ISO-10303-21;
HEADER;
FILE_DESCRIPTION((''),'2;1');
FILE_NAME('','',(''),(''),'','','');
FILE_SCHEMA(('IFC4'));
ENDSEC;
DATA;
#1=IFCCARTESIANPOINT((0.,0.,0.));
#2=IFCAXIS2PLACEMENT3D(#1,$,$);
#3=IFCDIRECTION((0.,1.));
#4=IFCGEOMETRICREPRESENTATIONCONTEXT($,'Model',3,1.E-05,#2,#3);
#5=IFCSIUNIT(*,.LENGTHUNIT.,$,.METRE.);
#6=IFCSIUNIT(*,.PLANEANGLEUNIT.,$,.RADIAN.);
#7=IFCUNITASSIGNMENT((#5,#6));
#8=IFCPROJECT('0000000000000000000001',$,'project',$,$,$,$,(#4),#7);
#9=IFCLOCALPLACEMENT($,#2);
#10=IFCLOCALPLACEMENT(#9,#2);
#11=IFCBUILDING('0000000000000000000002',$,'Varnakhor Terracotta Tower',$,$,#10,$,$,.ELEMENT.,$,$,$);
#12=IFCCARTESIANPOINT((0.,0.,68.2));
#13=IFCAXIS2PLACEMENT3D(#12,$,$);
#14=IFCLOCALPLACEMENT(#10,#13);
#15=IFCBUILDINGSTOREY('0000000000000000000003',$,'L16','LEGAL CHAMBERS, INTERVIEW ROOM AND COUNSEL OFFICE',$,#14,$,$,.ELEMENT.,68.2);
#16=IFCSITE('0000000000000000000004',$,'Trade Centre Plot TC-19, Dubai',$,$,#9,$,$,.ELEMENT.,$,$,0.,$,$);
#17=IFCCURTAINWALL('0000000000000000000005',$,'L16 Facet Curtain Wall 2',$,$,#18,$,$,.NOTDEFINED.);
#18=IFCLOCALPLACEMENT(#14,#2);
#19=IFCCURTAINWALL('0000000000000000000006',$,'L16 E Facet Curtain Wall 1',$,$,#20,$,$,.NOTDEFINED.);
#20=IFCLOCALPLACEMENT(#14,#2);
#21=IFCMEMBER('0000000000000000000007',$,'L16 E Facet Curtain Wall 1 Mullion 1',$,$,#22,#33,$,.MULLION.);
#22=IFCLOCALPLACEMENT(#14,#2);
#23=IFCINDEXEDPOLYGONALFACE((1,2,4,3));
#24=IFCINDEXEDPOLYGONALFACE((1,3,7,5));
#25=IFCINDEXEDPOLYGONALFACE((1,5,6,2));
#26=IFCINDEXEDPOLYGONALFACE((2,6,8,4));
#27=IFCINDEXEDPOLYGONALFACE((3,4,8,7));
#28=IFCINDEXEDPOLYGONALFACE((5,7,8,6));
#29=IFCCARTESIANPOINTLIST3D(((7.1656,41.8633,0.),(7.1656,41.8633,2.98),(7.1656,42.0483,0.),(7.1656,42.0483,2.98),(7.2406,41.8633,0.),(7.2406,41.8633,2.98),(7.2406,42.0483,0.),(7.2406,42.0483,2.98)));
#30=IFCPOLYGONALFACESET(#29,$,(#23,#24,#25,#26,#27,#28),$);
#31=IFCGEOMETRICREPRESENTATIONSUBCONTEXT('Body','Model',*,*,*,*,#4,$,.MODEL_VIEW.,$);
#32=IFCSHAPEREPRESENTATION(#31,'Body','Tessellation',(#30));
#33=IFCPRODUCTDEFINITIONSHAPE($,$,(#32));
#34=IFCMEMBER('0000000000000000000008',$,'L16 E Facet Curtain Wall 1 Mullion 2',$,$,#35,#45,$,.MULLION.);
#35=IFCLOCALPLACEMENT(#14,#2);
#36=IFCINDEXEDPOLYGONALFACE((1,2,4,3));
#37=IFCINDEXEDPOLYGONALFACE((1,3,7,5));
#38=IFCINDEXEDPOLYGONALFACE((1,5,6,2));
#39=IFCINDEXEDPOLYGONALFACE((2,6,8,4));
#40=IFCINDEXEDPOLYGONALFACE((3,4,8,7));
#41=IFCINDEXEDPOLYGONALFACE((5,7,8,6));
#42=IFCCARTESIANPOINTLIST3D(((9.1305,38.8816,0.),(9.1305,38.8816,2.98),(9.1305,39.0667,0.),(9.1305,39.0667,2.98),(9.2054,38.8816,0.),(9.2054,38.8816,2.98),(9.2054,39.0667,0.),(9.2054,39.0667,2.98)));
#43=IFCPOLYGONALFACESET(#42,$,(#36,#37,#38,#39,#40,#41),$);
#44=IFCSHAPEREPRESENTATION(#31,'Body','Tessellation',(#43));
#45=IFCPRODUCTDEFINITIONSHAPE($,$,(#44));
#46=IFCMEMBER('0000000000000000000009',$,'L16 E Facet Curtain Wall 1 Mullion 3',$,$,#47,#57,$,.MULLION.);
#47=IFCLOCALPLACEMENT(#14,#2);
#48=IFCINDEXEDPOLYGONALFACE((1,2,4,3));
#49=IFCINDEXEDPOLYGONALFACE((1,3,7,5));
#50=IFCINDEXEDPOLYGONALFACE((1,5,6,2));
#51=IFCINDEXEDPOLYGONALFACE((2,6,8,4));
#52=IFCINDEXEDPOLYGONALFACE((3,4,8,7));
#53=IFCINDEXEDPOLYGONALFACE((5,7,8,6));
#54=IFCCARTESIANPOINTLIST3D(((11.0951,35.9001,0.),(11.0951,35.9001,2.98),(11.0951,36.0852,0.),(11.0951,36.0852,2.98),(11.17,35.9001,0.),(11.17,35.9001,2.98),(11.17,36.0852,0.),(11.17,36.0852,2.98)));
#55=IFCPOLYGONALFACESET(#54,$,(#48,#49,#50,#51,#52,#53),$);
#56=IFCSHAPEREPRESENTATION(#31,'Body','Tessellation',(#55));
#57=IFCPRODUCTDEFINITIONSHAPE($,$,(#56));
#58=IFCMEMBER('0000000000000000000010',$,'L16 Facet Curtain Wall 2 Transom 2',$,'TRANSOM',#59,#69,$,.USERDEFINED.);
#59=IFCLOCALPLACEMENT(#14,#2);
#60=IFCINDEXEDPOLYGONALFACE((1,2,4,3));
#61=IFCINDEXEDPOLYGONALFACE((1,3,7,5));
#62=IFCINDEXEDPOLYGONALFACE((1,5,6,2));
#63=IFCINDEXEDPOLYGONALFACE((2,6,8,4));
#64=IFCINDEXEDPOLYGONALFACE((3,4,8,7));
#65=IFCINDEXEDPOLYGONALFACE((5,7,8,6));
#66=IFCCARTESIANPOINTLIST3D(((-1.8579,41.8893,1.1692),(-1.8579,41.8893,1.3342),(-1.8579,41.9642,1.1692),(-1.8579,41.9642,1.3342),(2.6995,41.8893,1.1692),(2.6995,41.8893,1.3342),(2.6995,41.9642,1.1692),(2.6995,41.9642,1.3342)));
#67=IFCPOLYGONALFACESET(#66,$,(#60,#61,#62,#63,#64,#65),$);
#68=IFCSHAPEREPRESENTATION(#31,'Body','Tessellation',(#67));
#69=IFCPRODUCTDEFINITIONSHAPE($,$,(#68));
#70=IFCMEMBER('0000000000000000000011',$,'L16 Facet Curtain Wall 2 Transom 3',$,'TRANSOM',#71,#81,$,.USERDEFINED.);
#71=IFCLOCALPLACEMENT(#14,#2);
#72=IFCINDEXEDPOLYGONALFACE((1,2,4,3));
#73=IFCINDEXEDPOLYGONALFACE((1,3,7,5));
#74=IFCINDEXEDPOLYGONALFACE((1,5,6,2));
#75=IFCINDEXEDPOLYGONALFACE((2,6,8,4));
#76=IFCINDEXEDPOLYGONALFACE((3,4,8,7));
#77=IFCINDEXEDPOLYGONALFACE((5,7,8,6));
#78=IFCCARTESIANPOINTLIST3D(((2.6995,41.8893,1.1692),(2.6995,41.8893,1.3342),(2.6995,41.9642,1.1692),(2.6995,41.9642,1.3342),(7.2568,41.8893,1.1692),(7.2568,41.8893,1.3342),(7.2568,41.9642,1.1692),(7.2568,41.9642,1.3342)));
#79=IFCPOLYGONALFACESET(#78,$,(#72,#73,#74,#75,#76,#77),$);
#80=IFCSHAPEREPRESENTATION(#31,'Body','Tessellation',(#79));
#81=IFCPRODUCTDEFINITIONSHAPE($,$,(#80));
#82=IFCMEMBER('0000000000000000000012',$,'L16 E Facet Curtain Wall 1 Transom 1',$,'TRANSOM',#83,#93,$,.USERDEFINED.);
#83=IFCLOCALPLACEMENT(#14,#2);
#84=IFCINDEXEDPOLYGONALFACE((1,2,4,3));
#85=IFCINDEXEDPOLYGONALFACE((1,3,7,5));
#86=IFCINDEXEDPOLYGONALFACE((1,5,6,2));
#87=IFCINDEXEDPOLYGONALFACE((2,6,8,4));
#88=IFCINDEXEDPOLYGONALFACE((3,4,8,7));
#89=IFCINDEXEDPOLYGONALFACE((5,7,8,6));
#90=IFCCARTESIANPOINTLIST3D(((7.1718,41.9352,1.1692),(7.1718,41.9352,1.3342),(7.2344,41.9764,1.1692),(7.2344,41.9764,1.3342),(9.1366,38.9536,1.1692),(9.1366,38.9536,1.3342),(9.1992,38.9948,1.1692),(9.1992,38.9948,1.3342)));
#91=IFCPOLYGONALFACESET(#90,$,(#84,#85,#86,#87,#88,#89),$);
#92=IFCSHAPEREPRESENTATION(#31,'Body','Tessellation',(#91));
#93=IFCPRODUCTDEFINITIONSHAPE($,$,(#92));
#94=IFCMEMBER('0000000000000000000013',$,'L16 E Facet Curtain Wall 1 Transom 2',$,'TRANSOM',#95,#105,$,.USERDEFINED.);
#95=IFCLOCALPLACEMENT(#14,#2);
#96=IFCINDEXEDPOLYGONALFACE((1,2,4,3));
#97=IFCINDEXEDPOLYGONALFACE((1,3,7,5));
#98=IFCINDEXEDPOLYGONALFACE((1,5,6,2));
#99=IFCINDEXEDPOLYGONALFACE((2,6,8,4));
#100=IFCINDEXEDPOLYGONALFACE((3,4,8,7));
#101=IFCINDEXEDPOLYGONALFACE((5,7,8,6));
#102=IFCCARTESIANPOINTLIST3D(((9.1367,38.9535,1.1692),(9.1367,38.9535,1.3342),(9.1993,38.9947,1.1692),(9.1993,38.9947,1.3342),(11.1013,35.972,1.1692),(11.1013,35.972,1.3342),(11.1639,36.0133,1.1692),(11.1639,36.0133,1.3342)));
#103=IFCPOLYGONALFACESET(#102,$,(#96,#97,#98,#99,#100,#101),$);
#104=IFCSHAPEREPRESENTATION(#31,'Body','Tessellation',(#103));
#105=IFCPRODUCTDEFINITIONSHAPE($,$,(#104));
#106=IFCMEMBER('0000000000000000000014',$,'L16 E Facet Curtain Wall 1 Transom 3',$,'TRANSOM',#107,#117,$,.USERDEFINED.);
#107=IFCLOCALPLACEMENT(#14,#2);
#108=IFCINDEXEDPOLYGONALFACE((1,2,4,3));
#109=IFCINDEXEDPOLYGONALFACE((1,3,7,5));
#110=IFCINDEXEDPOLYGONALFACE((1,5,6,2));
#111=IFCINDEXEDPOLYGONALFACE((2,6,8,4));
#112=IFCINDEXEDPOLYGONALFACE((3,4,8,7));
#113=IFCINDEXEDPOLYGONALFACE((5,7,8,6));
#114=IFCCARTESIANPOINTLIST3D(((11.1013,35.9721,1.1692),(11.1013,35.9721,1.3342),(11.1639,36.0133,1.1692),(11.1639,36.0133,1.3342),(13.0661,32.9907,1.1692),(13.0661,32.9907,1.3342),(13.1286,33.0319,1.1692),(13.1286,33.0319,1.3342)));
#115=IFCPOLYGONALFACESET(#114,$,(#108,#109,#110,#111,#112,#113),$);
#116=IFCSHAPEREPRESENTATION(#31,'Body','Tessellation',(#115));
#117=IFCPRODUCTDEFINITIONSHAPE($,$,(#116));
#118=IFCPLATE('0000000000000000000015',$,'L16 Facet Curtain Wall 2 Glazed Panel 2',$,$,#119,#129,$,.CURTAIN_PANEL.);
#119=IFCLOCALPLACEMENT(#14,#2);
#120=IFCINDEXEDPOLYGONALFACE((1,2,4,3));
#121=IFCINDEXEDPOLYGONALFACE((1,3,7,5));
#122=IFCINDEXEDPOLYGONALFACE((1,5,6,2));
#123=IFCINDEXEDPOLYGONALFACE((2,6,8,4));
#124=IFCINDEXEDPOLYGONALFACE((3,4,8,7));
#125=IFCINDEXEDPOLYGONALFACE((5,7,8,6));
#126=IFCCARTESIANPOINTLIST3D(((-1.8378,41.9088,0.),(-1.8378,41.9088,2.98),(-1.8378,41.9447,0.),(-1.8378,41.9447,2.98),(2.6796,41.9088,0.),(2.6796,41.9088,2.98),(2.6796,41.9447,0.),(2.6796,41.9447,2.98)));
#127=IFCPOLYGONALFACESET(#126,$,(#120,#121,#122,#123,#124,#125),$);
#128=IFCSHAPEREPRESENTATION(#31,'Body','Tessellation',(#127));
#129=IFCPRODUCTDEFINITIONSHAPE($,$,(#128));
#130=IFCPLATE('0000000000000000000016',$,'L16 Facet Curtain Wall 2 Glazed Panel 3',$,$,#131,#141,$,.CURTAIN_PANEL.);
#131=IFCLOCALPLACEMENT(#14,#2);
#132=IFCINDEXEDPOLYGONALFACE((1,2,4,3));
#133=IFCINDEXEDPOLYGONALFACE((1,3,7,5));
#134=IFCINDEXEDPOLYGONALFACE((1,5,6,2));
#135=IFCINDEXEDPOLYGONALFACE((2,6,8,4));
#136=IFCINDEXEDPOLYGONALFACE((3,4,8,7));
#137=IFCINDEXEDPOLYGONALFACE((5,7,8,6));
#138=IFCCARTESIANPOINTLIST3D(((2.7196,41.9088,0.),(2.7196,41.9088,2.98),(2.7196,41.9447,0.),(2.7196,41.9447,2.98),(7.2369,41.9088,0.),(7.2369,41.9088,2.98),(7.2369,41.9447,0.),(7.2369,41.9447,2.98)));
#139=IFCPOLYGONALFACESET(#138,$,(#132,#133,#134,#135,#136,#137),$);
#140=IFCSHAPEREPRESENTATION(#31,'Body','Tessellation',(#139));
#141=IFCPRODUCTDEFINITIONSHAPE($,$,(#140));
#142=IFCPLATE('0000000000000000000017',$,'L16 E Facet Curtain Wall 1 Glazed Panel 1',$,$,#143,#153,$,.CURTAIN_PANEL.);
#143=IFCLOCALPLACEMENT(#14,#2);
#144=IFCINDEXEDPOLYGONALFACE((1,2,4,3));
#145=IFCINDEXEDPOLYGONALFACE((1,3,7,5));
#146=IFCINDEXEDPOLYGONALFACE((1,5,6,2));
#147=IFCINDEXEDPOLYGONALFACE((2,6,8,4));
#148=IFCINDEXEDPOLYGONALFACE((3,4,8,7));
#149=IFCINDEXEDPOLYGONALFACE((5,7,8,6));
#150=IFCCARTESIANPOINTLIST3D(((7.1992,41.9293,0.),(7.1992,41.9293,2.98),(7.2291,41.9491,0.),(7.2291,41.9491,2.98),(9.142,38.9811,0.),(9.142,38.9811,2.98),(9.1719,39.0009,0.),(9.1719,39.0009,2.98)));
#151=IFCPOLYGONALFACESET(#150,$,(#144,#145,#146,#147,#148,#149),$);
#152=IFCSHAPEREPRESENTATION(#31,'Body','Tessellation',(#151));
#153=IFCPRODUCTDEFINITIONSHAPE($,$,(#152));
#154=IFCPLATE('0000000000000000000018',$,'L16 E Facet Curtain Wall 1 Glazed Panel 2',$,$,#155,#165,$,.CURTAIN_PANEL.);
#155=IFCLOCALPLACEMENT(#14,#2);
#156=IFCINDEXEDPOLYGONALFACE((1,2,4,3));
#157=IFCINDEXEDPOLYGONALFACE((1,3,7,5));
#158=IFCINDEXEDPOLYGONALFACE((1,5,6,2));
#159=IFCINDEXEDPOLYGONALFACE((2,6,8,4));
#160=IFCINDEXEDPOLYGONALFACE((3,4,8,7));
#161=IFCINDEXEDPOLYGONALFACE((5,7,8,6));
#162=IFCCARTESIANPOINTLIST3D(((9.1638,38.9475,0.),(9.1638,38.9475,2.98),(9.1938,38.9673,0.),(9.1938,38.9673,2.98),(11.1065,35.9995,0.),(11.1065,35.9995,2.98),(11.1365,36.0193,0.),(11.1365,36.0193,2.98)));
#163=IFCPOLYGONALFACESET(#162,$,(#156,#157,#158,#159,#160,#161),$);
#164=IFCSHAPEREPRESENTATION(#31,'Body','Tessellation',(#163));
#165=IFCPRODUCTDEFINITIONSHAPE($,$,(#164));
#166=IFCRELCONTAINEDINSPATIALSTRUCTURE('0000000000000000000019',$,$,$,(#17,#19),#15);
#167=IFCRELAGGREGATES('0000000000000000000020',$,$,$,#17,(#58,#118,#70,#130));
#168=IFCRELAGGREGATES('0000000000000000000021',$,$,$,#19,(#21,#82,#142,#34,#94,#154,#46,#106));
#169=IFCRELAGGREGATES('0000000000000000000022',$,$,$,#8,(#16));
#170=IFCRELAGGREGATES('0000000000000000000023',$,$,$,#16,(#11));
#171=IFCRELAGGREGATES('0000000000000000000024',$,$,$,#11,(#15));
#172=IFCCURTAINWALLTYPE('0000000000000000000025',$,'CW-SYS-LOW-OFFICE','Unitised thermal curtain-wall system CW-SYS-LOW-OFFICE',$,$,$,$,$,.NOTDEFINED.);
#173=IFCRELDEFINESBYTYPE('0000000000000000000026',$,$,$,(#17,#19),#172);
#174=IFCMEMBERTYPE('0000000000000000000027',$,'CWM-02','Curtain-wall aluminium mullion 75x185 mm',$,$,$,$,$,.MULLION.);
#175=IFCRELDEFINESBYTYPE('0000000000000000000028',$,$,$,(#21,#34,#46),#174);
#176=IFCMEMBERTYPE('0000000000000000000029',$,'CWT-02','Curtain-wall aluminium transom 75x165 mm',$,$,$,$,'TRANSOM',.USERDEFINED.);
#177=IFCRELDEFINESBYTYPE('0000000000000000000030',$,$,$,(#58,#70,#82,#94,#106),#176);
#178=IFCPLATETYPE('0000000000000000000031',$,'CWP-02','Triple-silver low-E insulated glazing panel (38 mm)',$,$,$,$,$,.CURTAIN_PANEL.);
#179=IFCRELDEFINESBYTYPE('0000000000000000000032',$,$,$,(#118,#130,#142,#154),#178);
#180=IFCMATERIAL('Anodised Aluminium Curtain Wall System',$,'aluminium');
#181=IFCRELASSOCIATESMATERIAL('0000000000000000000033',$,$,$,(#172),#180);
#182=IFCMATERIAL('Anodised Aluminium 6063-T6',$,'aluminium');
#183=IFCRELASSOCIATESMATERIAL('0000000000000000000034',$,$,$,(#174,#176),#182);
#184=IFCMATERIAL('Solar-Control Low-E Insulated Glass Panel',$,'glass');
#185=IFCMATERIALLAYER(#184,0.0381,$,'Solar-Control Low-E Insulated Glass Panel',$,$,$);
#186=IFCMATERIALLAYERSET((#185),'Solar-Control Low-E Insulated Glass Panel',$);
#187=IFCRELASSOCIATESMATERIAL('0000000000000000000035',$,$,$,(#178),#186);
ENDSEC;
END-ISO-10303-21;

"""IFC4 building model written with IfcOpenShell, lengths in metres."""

from ifc_helpers import new_model, si_unit, direction, frame, origin, origin_2d, place, context, subcontext, project, spatial, rectangle, extrude, source, transform, mapped, material, layer, layer_set, material_profile, profile_set, type_object, element, aggregate, save


model = new_model("IFC4")

# Units and contexts
model_context = context("Model", 3, precision=1e-05, world=origin(), true_north=direction((0.0, 1.0)))
body_context = subcontext(model_context, "Body", "Model", "MODEL_VIEW")
ifc_project = project(units=[si_unit("LENGTHUNIT", "METRE"), si_unit("PLANEANGLEUNIT", "RADIAN")], contexts=[model_context])

# Site, building, storey
site_placement = place(None, origin())
site = spatial("IfcSite", under=ifc_project, at=site_placement, Name="Trade Centre Plot TC-19, Dubai", CompositionType="ELEMENT", RefElevation=0.0)
building_placement = place(site_placement, origin())
building = spatial("IfcBuilding", under=site, at=building_placement, Name="Varnakhor Terracotta Tower", CompositionType="ELEMENT")
storey_placement = place(building_placement, frame((0.0, 0.0, 68.2)))
storey = spatial("IfcBuildingStorey", under=building, at=storey_placement, Name="L16", Description="LEGAL CHAMBERS, INTERVIEW ROOM AND COUNSEL OFFICE", CompositionType="ELEMENT", Elevation=68.2)

# Curtain wall
ifc_material_1 = material(Name="Anodised Aluminium Curtain Wall System", Category="aluminium")
curtain_wall_type = type_object("IfcCurtainWallType", Name="CW-SYS-LOW-OFFICE", Description="Unitised thermal curtain-wall system CW-SYS-LOW-OFFICE", PredefinedType="NOTDEFINED", material=ifc_material_1)
curtain_wall_1_placement = place(storey_placement, origin())
curtain_wall_1 = element("IfcCurtainWall", 1, at=curtain_wall_1_placement, inside=storey, type_object=curtain_wall_type, Name="L16 Facet Curtain Wall 2", PredefinedType="NOTDEFINED")
ifc_material_2 = material(Name="Anodised Aluminium 6063-T6", Category="aluminium")
ifc_material_profile_1 = material_profile(ifc_material_2, rectangle(XDim=0.075, YDim=0.1851, at=origin_2d()), Name="ALU MULLION 75x185")
ifc_profile_set_1 = profile_set([ifc_material_profile_1], Name="Anodised Aluminium 6063-T6")
member_type_1 = type_object("IfcMemberType", Name="CWM-02", Description="Curtain-wall aluminium mullion 75x185 mm", PredefinedType="MULLION", material=ifc_profile_set_1)
shared_shape_1 = source(origin(), body_context, "Body", "SweptSolid", [
    extrude(rectangle(XDim=0.075, YDim=0.1851, at=origin_2d()), origin(), (0.0, 0.0, 1.0), 2.98),
])

# Curtain wall, members
curtain_wall_2_placement = place(storey_placement, origin())
curtain_wall_2 = element("IfcCurtainWall", 2, at=curtain_wall_2_placement, inside=storey, type_object=curtain_wall_type, Name="L16 E Facet Curtain Wall 1", PredefinedType="NOTDEFINED")
member_1_placement = place(storey_placement, frame((7.2031, 41.9558, 0.0), z_axis=(0.0, 0.0, 1.0), x_axis=(1.0, 0.0, 0.0)))
member_1 = element("IfcMember", 3, at=member_1_placement, type_object=member_type_1, Name="L16 E Facet Curtain Wall 1 Mullion 1", PredefinedType="MULLION", context=body_context, shape_type="MappedRepresentation", body=[
    mapped(shared_shape_1, transform((0.0, 0.0, 0.0), scale=1.0)),
])
member_2_placement = place(storey_placement, frame((9.168, 38.9741, 0.0), z_axis=(0.0, 0.0, 1.0), x_axis=(1.0, 0.0, 0.0)))
member_2 = element("IfcMember", 4, at=member_2_placement, type_object=member_type_1, Name="L16 E Facet Curtain Wall 1 Mullion 2", PredefinedType="MULLION", context=body_context, shape_type="MappedRepresentation", body=[
    mapped(shared_shape_1, transform((0.0, 0.0, 0.0), scale=1.0)),
])
member_3_placement = place(storey_placement, frame((11.1326, 35.9927, 0.0), z_axis=(0.0, 0.0, 1.0), x_axis=(1.0, 0.0, 0.0)))
member_3 = element("IfcMember", 5, at=member_3_placement, type_object=member_type_1, Name="L16 E Facet Curtain Wall 1 Mullion 3", PredefinedType="MULLION", context=body_context, shape_type="MappedRepresentation", body=[
    mapped(shared_shape_1, transform((0.0, 0.0, 0.0), scale=1.0)),
])

# Members
ifc_material_profile_2 = material_profile(ifc_material_2, rectangle(XDim=0.075, YDim=0.165, at=origin_2d()), Name="ALU TRANSOM 75x165")
ifc_profile_set_2 = profile_set([ifc_material_profile_2], Name="Anodised Aluminium 6063-T6")
member_type_2 = type_object("IfcMemberType", Name="CWT-02", Description="Curtain-wall aluminium transom 75x165 mm", ElementType="TRANSOM", PredefinedType="USERDEFINED", material=ifc_profile_set_2)
shared_shape_2 = source(origin(), body_context, "Body", "SweptSolid", [
    extrude(rectangle(XDim=0.075, YDim=0.165, at=origin_2d()), origin(), (0.0, 0.0, 1.0), 4.5574),
])
member_4_placement = place(storey_placement, frame((-1.8579, 41.9268, 1.2517), z_axis=(1.0, 0.0, 0.0), x_axis=(0.0, 1.0, 0.0)))
member_4 = element("IfcMember", 6, at=member_4_placement, type_object=member_type_2, Name="L16 Facet Curtain Wall 2 Transom 2", ObjectType="TRANSOM", PredefinedType="USERDEFINED", context=body_context, shape_type="MappedRepresentation", body=[
    mapped(shared_shape_2, transform((0.0, 0.0, 0.0), scale=1.0)),
])
member_5_placement = place(storey_placement, frame((2.6995, 41.9268, 1.2517), z_axis=(1.0, 0.0, 0.0), x_axis=(0.0, 1.0, 0.0)))
member_5 = element("IfcMember", 7, at=member_5_placement, type_object=member_type_2, Name="L16 Facet Curtain Wall 2 Transom 3", ObjectType="TRANSOM", PredefinedType="USERDEFINED", context=body_context, shape_type="MappedRepresentation", body=[
    mapped(shared_shape_2, transform((0.0, 0.0, 0.0), scale=1.0)),
])
shared_shape_3 = source(origin(), body_context, "Body", "SweptSolid", [
    extrude(rectangle(XDim=0.075, YDim=0.165, at=origin_2d()), origin(), (0.0, 0.0, 1.0), 3.5708),
])
member_6_placement = place(storey_placement, frame((7.2031, 41.9558, 1.2517), z_axis=(0.550243, -0.835005, 0.0), x_axis=(0.835005, 0.550243, 0.0)))
member_6 = element("IfcMember", 8, at=member_6_placement, type_object=member_type_2, Name="L16 E Facet Curtain Wall 1 Transom 1", ObjectType="TRANSOM", PredefinedType="USERDEFINED", context=body_context, shape_type="MappedRepresentation", body=[
    mapped(shared_shape_3, transform((0.0, 0.0, 0.0), scale=1.0)),
])
shared_shape_4 = source(origin(), body_context, "Body", "SweptSolid", [
    extrude(rectangle(XDim=0.075, YDim=0.165, at=origin_2d()), origin(), (0.0, 0.0, 1.0), 3.5706),
])
member_7_placement = place(storey_placement, frame((9.168, 38.9741, 1.2517), z_axis=(0.550227, -0.835015, 0.0), x_axis=(0.835015, 0.550227, 0.0)))
member_7 = element("IfcMember", 9, at=member_7_placement, type_object=member_type_2, Name="L16 E Facet Curtain Wall 1 Transom 2", ObjectType="TRANSOM", PredefinedType="USERDEFINED", context=body_context, shape_type="MappedRepresentation", body=[
    mapped(shared_shape_4, transform((0.0, 0.0, 0.0), scale=1.0)),
])
member_8_placement = place(storey_placement, frame((11.1326, 35.9927, 1.2517), z_axis=(0.550274, -0.834984, 0.0), x_axis=(0.834984, 0.550274, 0.0)))
member_8 = element("IfcMember", 10, at=member_8_placement, type_object=member_type_2, Name="L16 E Facet Curtain Wall 1 Transom 3", ObjectType="TRANSOM", PredefinedType="USERDEFINED", context=body_context, shape_type="MappedRepresentation", body=[
    mapped(shared_shape_4, transform((0.0, 0.0, 0.0), scale=1.0)),
])

# Plates
ifc_material_3 = material(Name="Solar-Control Low-E Insulated Glass Panel", Category="glass")
ifc_layer = layer(ifc_material_3, 0.0381, Name="Solar-Control Low-E Insulated Glass Panel")
ifc_layer_set = layer_set([ifc_layer], Name="Solar-Control Low-E Insulated Glass Panel")
plate_type = type_object("IfcPlateType", Name="CWP-02", Description="Triple-silver low-E insulated glazing panel (38 mm)", PredefinedType="CURTAIN_PANEL", material=ifc_layer_set)
shared_shape_5 = source(origin(), body_context, "Body", "SweptSolid", [
    extrude(rectangle(XDim=4.5173, YDim=0.0359, at=origin_2d()), origin(), (0.0, 0.0, 1.0), 2.98),
])
plate_1_placement = place(storey_placement, frame((0.4209, 41.9268, 0.0), z_axis=(0.0, 0.0, 1.0), x_axis=(1.0, 0.0, 0.0)))
plate_1 = element("IfcPlate", 11, at=plate_1_placement, type_object=plate_type, Name="L16 Facet Curtain Wall 2 Glazed Panel 2", PredefinedType="CURTAIN_PANEL", context=body_context, shape_type="MappedRepresentation", body=[
    mapped(shared_shape_5, transform((0.0, 0.0, 0.0), scale=1.0)),
])
plate_2_placement = place(storey_placement, frame((4.9783, 41.9268, 0.0), z_axis=(0.0, 0.0, 1.0), x_axis=(1.0, 0.0, 0.0)))
plate_2 = element("IfcPlate", 12, at=plate_2_placement, type_object=plate_type, Name="L16 Facet Curtain Wall 2 Glazed Panel 3", PredefinedType="CURTAIN_PANEL", context=body_context, shape_type="MappedRepresentation", body=[
    mapped(shared_shape_5, transform((0.0, 0.0, 0.0), scale=1.0)),
])
aggregate(curtain_wall_1, [member_4, plate_1, member_5, plate_2])
shared_shape_6 = source(origin(), body_context, "Body", "SweptSolid", [
    extrude(rectangle(XDim=3.5308, YDim=0.0359, at=origin_2d()), origin(), (0.0, 0.0, 1.0), 2.98),
])
plate_3_placement = place(storey_placement, frame((8.1855, 40.4651, 0.0), z_axis=(0.0, 0.0, 1.0), x_axis=(0.550248, -0.835002, 0.0)))
plate_3 = element("IfcPlate", 13, at=plate_3_placement, type_object=plate_type, Name="L16 E Facet Curtain Wall 1 Glazed Panel 1", PredefinedType="CURTAIN_PANEL", context=body_context, shape_type="MappedRepresentation", body=[
    mapped(shared_shape_6, transform((0.0, 0.0, 0.0), scale=1.0)),
])
shared_shape_7 = source(origin(), body_context, "Body", "SweptSolid", [
    extrude(rectangle(XDim=3.5305, YDim=0.0359, at=origin_2d()), origin(), (0.0, 0.0, 1.0), 2.98),
])
plate_4_placement = place(storey_placement, frame((10.1501, 37.4834, 0.0), z_axis=(0.0, 0.0, 1.0), x_axis=(0.550248, -0.835002, 0.0)))
plate_4 = element("IfcPlate", 14, at=plate_4_placement, type_object=plate_type, Name="L16 E Facet Curtain Wall 1 Glazed Panel 2", PredefinedType="CURTAIN_PANEL", context=body_context, shape_type="MappedRepresentation", body=[
    mapped(shared_shape_7, transform((0.0, 0.0, 0.0), scale=1.0)),
])
aggregate(curtain_wall_2, [member_1, member_6, plate_3, member_2, member_7, plate_4, member_3, member_8])

save(model, "model.ifc")
